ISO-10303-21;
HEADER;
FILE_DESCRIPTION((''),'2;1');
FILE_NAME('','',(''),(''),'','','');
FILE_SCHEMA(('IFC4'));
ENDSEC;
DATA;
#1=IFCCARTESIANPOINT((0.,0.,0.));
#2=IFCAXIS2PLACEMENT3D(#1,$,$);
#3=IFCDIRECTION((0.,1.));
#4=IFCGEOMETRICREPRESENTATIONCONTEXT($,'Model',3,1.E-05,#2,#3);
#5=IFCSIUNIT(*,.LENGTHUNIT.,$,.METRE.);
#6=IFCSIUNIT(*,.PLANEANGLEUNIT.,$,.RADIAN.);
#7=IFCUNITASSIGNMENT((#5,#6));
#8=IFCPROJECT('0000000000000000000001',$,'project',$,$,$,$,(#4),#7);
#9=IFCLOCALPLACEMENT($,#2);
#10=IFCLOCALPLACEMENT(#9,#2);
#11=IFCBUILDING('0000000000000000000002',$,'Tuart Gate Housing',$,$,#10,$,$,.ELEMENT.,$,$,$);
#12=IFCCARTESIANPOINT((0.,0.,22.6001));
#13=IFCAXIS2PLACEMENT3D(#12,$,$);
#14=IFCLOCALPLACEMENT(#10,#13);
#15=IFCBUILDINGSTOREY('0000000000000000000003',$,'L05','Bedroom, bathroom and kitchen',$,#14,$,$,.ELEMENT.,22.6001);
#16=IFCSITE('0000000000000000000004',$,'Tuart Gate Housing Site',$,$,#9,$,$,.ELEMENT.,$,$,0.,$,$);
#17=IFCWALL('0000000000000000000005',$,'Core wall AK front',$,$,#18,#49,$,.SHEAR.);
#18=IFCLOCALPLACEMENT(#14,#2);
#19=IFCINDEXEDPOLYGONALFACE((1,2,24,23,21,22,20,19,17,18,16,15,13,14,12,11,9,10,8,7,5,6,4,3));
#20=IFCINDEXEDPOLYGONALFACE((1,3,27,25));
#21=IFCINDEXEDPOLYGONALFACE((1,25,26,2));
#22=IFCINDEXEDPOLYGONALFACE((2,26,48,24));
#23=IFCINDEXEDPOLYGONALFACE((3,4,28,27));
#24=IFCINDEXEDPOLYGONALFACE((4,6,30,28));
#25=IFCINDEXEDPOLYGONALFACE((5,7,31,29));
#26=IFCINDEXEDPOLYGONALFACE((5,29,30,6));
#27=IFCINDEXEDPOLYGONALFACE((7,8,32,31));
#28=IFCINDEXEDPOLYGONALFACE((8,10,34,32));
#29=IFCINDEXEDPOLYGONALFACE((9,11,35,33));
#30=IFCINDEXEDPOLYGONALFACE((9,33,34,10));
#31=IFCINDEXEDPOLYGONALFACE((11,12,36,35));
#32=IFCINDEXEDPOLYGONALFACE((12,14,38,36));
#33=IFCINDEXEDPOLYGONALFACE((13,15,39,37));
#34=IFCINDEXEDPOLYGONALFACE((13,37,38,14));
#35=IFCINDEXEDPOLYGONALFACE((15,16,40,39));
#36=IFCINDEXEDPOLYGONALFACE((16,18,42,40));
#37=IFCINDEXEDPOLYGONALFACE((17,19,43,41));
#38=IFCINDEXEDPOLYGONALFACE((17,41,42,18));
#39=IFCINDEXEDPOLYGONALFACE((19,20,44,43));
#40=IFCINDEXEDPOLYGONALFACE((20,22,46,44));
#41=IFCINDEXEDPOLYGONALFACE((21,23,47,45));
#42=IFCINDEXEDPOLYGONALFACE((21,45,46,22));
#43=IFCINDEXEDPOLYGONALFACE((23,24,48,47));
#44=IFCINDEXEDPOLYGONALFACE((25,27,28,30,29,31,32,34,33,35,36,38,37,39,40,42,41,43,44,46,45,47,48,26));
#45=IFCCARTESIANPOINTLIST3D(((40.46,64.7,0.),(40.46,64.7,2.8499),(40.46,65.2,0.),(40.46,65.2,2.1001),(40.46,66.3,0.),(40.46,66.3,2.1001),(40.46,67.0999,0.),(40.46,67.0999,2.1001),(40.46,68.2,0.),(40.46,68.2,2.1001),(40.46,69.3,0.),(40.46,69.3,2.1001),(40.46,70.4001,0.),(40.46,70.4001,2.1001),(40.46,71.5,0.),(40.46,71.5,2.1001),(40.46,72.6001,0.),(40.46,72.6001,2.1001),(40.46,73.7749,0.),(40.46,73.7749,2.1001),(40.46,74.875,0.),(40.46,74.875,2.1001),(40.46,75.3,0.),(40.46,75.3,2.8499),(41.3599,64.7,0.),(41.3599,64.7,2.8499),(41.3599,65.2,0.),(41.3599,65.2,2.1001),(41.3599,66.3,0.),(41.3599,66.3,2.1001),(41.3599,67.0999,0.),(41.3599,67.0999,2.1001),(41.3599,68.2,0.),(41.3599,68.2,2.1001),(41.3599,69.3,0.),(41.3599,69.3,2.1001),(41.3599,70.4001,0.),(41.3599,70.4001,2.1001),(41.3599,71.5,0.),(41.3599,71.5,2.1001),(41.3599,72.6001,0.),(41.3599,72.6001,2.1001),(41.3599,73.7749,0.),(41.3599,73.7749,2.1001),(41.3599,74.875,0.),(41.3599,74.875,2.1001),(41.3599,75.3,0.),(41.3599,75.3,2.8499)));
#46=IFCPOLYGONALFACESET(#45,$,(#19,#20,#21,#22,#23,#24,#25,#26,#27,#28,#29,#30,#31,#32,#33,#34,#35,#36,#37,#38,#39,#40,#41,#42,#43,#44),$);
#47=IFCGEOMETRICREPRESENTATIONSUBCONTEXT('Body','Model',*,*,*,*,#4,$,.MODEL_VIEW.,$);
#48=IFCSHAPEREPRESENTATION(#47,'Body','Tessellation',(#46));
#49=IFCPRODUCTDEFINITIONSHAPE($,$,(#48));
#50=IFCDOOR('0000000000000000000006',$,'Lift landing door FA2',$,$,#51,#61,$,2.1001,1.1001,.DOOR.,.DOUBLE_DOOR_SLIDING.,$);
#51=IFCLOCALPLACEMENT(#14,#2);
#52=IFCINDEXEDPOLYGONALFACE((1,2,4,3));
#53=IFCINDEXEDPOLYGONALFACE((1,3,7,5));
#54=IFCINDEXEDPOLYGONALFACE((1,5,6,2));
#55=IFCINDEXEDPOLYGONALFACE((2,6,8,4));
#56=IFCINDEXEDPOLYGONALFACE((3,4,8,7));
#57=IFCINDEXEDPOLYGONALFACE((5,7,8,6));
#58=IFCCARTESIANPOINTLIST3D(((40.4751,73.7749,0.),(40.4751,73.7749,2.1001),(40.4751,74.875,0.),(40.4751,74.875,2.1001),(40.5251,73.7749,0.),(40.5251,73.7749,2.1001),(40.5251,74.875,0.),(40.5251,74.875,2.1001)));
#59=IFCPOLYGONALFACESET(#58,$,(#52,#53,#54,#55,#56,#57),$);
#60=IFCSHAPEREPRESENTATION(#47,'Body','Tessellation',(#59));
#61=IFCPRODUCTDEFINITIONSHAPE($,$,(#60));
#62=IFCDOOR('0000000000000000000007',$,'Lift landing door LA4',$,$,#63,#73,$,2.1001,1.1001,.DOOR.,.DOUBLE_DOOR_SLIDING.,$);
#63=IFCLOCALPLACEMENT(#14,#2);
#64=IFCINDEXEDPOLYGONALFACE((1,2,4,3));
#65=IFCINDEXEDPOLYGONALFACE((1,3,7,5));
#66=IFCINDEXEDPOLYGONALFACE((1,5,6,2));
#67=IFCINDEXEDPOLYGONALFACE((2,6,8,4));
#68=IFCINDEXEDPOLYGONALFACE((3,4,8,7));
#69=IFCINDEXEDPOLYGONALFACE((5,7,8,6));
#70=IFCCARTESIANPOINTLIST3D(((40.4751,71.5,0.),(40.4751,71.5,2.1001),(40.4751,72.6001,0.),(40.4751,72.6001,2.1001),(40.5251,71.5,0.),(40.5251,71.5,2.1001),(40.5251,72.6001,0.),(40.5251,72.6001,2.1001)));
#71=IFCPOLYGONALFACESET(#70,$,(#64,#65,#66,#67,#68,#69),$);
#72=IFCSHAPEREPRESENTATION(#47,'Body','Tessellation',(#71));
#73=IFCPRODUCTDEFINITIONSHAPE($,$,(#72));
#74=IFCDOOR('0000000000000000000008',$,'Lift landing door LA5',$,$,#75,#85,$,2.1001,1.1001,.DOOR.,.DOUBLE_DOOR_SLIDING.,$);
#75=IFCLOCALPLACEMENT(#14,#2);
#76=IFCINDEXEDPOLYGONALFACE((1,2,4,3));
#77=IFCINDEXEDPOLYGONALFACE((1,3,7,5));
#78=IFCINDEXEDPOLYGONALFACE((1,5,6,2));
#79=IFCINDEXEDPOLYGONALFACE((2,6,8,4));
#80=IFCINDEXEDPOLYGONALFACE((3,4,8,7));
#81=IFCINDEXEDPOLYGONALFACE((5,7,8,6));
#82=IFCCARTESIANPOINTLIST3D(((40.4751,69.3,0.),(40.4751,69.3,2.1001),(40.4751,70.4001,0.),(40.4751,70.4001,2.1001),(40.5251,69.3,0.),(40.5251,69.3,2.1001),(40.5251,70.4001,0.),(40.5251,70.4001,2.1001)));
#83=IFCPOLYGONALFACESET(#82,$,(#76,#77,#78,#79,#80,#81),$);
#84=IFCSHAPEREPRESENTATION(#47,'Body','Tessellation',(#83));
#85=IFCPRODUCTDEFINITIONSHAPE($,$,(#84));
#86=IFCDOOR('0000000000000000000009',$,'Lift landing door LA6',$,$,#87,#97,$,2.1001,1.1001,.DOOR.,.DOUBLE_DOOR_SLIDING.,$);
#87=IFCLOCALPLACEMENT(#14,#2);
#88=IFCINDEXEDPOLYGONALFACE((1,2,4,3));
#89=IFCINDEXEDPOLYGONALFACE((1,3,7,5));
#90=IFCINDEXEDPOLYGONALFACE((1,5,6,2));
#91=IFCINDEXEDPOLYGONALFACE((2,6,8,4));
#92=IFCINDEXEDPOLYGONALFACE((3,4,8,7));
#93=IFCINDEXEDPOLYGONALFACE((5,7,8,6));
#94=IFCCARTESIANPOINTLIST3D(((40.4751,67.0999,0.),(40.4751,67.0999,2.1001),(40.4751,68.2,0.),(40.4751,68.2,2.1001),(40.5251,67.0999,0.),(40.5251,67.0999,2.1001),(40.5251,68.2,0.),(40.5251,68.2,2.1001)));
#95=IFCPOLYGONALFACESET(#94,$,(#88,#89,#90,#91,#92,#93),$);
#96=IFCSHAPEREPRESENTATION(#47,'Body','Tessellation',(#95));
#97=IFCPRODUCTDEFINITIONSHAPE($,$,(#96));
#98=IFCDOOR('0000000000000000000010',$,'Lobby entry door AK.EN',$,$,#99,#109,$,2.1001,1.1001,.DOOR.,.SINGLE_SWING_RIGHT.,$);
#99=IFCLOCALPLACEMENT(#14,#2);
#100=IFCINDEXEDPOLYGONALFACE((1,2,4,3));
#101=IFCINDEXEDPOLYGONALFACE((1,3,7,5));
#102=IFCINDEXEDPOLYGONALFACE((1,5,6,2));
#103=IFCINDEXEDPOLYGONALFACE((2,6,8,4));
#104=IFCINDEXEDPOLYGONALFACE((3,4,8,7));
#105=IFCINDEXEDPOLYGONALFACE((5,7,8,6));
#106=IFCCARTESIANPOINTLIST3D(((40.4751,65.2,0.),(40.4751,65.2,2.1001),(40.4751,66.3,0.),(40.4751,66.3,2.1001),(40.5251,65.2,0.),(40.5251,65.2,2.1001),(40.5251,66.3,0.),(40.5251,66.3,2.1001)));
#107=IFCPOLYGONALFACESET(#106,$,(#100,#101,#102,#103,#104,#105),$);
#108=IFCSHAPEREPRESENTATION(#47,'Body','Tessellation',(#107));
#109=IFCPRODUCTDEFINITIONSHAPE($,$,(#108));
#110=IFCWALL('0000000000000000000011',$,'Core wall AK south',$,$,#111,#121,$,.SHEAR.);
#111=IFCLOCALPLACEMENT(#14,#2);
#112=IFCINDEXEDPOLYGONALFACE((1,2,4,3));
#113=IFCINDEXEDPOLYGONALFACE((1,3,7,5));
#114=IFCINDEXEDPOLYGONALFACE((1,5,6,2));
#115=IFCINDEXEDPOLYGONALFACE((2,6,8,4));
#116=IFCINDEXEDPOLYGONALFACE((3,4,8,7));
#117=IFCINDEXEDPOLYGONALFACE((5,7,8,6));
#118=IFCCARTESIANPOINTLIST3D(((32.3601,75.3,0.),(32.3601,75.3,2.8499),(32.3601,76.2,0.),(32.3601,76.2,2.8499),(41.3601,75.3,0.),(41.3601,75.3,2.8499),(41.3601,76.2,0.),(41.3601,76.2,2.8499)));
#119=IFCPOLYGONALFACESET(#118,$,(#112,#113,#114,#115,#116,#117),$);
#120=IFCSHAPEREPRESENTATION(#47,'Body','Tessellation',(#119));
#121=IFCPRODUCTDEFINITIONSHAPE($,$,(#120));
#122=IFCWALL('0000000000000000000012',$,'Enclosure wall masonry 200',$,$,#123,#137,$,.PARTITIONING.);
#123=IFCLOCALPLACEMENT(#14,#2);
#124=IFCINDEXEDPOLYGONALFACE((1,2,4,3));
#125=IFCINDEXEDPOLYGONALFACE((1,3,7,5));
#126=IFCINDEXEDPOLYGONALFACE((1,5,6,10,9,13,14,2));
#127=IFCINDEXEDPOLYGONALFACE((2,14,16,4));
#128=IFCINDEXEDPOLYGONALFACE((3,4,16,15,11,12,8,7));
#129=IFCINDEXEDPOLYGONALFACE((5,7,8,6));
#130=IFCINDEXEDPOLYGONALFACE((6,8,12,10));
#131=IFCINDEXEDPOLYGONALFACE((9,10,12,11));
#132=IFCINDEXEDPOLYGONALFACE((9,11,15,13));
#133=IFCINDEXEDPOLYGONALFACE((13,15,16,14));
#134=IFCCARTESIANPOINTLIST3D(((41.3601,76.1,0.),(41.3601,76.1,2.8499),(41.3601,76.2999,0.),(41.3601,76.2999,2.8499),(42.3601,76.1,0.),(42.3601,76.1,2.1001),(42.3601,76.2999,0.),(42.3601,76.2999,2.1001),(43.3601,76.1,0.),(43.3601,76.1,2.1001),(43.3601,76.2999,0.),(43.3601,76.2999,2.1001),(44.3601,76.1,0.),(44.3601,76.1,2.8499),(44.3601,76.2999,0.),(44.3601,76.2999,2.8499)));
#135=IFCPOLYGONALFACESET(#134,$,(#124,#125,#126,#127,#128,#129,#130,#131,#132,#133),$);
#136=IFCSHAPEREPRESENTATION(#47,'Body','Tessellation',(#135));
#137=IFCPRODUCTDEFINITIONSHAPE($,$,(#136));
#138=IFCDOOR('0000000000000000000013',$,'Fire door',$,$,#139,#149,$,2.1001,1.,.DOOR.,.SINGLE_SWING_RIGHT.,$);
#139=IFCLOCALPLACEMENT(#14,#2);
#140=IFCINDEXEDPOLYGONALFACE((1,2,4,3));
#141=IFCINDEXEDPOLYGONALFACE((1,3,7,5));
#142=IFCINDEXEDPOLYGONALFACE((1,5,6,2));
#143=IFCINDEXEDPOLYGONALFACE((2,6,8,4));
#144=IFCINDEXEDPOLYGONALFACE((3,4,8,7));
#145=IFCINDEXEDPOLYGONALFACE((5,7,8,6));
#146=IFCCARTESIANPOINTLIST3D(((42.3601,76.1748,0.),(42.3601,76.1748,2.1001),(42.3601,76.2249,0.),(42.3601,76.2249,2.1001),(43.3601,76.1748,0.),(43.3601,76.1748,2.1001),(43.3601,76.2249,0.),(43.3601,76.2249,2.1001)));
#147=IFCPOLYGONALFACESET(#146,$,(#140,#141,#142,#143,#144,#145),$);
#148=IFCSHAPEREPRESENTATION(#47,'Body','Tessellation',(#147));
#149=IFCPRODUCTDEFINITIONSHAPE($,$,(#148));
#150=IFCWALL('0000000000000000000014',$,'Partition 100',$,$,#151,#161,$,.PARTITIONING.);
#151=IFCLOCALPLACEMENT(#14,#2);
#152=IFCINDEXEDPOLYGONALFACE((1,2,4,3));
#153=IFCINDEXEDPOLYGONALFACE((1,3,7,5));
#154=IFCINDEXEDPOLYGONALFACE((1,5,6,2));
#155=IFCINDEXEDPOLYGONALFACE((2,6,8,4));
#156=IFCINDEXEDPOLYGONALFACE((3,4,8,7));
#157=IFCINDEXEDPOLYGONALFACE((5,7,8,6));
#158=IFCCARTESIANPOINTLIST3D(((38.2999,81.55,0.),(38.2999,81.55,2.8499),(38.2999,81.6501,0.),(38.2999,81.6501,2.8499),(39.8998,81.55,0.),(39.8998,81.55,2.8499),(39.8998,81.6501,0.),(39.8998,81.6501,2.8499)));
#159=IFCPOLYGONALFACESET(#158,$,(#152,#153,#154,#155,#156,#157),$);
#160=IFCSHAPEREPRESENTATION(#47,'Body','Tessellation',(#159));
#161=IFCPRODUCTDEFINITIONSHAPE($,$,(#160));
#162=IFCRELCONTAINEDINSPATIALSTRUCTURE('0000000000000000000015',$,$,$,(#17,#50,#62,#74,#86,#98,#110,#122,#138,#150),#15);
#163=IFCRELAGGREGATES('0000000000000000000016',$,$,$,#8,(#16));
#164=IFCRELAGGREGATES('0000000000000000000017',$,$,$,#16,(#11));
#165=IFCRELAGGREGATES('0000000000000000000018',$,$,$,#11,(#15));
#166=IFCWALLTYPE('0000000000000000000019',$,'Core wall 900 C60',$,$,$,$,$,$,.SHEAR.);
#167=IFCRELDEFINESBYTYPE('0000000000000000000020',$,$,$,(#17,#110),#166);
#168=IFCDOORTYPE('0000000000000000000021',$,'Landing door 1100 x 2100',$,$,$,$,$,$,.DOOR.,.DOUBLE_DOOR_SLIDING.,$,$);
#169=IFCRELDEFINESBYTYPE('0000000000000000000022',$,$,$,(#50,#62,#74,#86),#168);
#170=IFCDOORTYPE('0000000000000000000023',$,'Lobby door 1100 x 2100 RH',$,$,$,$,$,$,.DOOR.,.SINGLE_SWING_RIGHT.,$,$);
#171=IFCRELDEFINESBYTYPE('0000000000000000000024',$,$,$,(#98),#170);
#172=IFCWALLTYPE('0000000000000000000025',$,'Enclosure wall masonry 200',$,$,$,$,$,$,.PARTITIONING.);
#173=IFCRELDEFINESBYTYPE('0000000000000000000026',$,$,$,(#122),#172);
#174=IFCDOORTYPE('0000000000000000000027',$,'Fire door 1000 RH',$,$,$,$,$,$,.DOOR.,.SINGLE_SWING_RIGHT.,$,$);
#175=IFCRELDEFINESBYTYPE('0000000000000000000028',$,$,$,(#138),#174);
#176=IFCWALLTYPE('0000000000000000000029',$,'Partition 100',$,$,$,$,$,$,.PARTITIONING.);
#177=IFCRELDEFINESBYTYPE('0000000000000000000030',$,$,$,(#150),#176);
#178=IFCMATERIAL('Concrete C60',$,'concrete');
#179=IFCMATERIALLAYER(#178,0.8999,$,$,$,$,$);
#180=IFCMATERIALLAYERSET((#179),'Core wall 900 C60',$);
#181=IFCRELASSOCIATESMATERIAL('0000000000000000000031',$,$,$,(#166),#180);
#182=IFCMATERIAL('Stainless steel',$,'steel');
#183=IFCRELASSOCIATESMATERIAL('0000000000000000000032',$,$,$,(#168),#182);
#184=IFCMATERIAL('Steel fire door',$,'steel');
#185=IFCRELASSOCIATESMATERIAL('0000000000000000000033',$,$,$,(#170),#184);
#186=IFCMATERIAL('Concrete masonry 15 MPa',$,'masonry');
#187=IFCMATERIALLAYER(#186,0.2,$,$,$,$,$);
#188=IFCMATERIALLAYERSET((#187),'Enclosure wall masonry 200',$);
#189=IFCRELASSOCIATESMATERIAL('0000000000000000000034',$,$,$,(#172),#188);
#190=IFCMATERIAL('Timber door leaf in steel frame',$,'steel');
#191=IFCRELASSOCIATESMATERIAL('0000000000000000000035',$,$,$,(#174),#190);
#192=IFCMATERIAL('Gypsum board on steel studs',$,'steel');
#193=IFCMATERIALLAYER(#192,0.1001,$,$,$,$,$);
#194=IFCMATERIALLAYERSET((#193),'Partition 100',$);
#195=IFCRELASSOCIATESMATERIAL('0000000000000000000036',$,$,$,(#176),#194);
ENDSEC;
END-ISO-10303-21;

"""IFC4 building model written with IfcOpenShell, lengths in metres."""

from ifc_helpers import new_model, si_unit, direction, frame, frame_2d, origin, place, context, subcontext, project, spatial, rectangle, extrude, material, layer, layer_set, type_object, element, fill, save


model = new_model("IFC4")

# Units and contexts
model_context = context("Model", 3, precision=1e-05, world=origin(), true_north=direction((0.0, 1.0)))
body_context = subcontext(model_context, "Body", "Model", "MODEL_VIEW")
ifc_project = project(units=[si_unit("LENGTHUNIT", "METRE"), si_unit("PLANEANGLEUNIT", "RADIAN")], contexts=[model_context])

# Site, building, storey
site_placement = place(None, origin())
site = spatial("IfcSite", under=ifc_project, at=site_placement, Name="Tuart Gate Housing Site", CompositionType="ELEMENT", RefElevation=0.0)
building_placement = place(site_placement, origin())
building = spatial("IfcBuilding", under=site, at=building_placement, Name="Tuart Gate Housing", CompositionType="ELEMENT")
storey_placement = place(building_placement, frame((0.0, 0.0, 22.6001)))
storey = spatial("IfcBuildingStorey", under=building, at=storey_placement, Name="L05", Description="Bedroom, bathroom and kitchen", CompositionType="ELEMENT", Elevation=22.6001)

# Wall, openings, doors
ifc_material_1 = material(Name="Concrete C60", Category="concrete")
ifc_layer_1 = layer(ifc_material_1, 0.8999)
ifc_layer_set_1 = layer_set([ifc_layer_1], Name="Core wall 900 C60")
wall_type_1 = type_object("IfcWallType", Name="Core wall 900 C60", PredefinedType="SHEAR", material=ifc_layer_set_1)
wall_1_placement = place(storey_placement, frame((40.9099, 75.3, 0.0), z_axis=(0.0, 0.0, 1.0), x_axis=(0.0, -1.0, 0.0)))
wall_1 = element("IfcWall", 1, at=wall_1_placement, inside=storey, type_object=wall_type_1, Name="Core wall AK front", PredefinedType="SHEAR", context=body_context, shape_type="SweptSolid", body=[
    extrude(rectangle(XDim=10.6001, YDim=0.8999, at=frame_2d((5.3, 0.0))), origin(), (0.0, 0.0, 1.0), 2.8499),
])
opening_1_placement = place(wall_1_placement, frame((0.425, 0.0, 0.0)))
opening_1 = element("IfcOpeningElement", 2, at=opening_1_placement, cuts=wall_1, PredefinedType="OPENING", context=body_context, shape_type="SweptSolid", body=[
    extrude(rectangle(XDim=1.1001, YDim=2.1001, at=frame_2d((0.55, 1.05))), frame((0.0, 0.46, 0.0), z_axis=(0.0, -1.0, 0.0), x_axis=(1.0, 0.0, 0.0)), (0.0, 0.0, 1.0), 0.9199),
])
opening_2_placement = place(wall_1_placement, frame((2.7, 0.0, 0.0)))
opening_2 = element("IfcOpeningElement", 3, at=opening_2_placement, cuts=wall_1, PredefinedType="OPENING", context=body_context, shape_type="SweptSolid", body=[
    extrude(rectangle(XDim=1.1001, YDim=2.1001, at=frame_2d((0.55, 1.05))), frame((0.0, 0.46, 0.0), z_axis=(0.0, -1.0, 0.0), x_axis=(1.0, 0.0, 0.0)), (0.0, 0.0, 1.0), 0.9199),
])
opening_3_placement = place(wall_1_placement, frame((4.8999, 0.0, 0.0)))
opening_3 = element("IfcOpeningElement", 4, at=opening_3_placement, cuts=wall_1, PredefinedType="OPENING", context=body_context, shape_type="SweptSolid", body=[
    extrude(rectangle(XDim=1.1001, YDim=2.1001, at=frame_2d((0.55, 1.05))), frame((0.0, 0.46, 0.0), z_axis=(0.0, -1.0, 0.0), x_axis=(1.0, 0.0, 0.0)), (0.0, 0.0, 1.0), 0.9199),
])
opening_4_placement = place(wall_1_placement, frame((7.1001, 0.0, 0.0)))
opening_4 = element("IfcOpeningElement", 5, at=opening_4_placement, cuts=wall_1, PredefinedType="OPENING", context=body_context, shape_type="SweptSolid", body=[
    extrude(rectangle(XDim=1.1001, YDim=2.1001, at=frame_2d((0.55, 1.05))), frame((0.0, 0.46, 0.0), z_axis=(0.0, -1.0, 0.0), x_axis=(1.0, 0.0, 0.0)), (0.0, 0.0, 1.0), 0.9199),
])
opening_5_placement = place(wall_1_placement, frame((9.0, 0.0, 0.0)))
opening_5 = element("IfcOpeningElement", 6, at=opening_5_placement, cuts=wall_1, PredefinedType="OPENING", context=body_context, shape_type="SweptSolid", body=[
    extrude(rectangle(XDim=1.1001, YDim=2.1001, at=frame_2d((0.55, 1.05))), frame((0.0, 0.46, 0.0), z_axis=(0.0, -1.0, 0.0), x_axis=(1.0, 0.0, 0.0)), (0.0, 0.0, 1.0), 0.9199),
])
ifc_material_2 = material(Name="Stainless steel", Category="steel")
door_type_1 = type_object("IfcDoorType", Name="Landing door 1100 x 2100", OperationType="DOUBLE_DOOR_SLIDING", PredefinedType="DOOR", material=ifc_material_2)
door_1_placement = place(opening_1_placement, origin())
door_1 = element("IfcDoor", 7, at=door_1_placement, inside=storey, type_object=door_type_1, Name="Lift landing door FA2", OperationType="DOUBLE_DOOR_SLIDING", OverallHeight=2.1001, OverallWidth=1.1001, PredefinedType="DOOR", context=body_context, shape_type="SweptSolid", body=[
    extrude(rectangle(XDim=1.1001, YDim=2.1001, at=frame_2d((0.55, 1.05))), frame((0.0, -0.3848, 0.0), z_axis=(0.0, -1.0, 0.0), x_axis=(1.0, 0.0, 0.0)), (0.0, 0.0, 1.0), 0.05),
])
fill(opening_1, door_1)
door_2_placement = place(opening_2_placement, origin())
door_2 = element("IfcDoor", 8, at=door_2_placement, inside=storey, type_object=door_type_1, Name="Lift landing door LA4", OperationType="DOUBLE_DOOR_SLIDING", OverallHeight=2.1001, OverallWidth=1.1001, PredefinedType="DOOR", context=body_context, shape_type="SweptSolid", body=[
    extrude(rectangle(XDim=1.1001, YDim=2.1001, at=frame_2d((0.55, 1.05))), frame((0.0, -0.3848, 0.0), z_axis=(0.0, -1.0, 0.0), x_axis=(1.0, 0.0, 0.0)), (0.0, 0.0, 1.0), 0.05),
])
fill(opening_2, door_2)
door_3_placement = place(opening_3_placement, origin())
door_3 = element("IfcDoor", 9, at=door_3_placement, inside=storey, type_object=door_type_1, Name="Lift landing door LA5", OperationType="DOUBLE_DOOR_SLIDING", OverallHeight=2.1001, OverallWidth=1.1001, PredefinedType="DOOR", context=body_context, shape_type="SweptSolid", body=[
    extrude(rectangle(XDim=1.1001, YDim=2.1001, at=frame_2d((0.55, 1.05))), frame((0.0, -0.3848, 0.0), z_axis=(0.0, -1.0, 0.0), x_axis=(1.0, 0.0, 0.0)), (0.0, 0.0, 1.0), 0.05),
])
fill(opening_3, door_3)
door_4_placement = place(opening_4_placement, origin())
door_4 = element("IfcDoor", 10, at=door_4_placement, inside=storey, type_object=door_type_1, Name="Lift landing door LA6", OperationType="DOUBLE_DOOR_SLIDING", OverallHeight=2.1001, OverallWidth=1.1001, PredefinedType="DOOR", context=body_context, shape_type="SweptSolid", body=[
    extrude(rectangle(XDim=1.1001, YDim=2.1001, at=frame_2d((0.55, 1.05))), frame((0.0, -0.3848, 0.0), z_axis=(0.0, -1.0, 0.0), x_axis=(1.0, 0.0, 0.0)), (0.0, 0.0, 1.0), 0.05),
])
fill(opening_4, door_4)
ifc_material_3 = material(Name="Steel fire door", Category="steel")
door_type_2 = type_object("IfcDoorType", Name="Lobby door 1100 x 2100 RH", OperationType="SINGLE_SWING_RIGHT", PredefinedType="DOOR", material=ifc_material_3)
door_5_placement = place(opening_5_placement, frame((1.1001, 0.0, 0.0), z_axis=(0.0, 0.0, 1.0), x_axis=(-1.0, 0.0, 0.0)))
door_5 = element("IfcDoor", 11, at=door_5_placement, inside=storey, type_object=door_type_2, Name="Lobby entry door AK.EN", OperationType="SINGLE_SWING_RIGHT", OverallHeight=2.1001, OverallWidth=1.1001, PredefinedType="DOOR", context=body_context, shape_type="SweptSolid", body=[
    extrude(rectangle(XDim=1.1001, YDim=2.1001, at=frame_2d((0.55, 1.05))), frame((0.0, 0.4348, 0.0), z_axis=(0.0, -1.0, 0.0), x_axis=(1.0, 0.0, 0.0)), (0.0, 0.0, 1.0), 0.05),
])
fill(opening_5, door_5)

# Wall
wall_2_placement = place(storey_placement, frame((41.3601, 75.75, 0.0), z_axis=(0.0, 0.0, 1.0), x_axis=(-1.0, 0.0, 0.0)))
element("IfcWall", 12, at=wall_2_placement, inside=storey, type_object=wall_type_1, Name="Core wall AK south", PredefinedType="SHEAR", context=body_context, shape_type="SweptSolid", body=[
    extrude(rectangle(XDim=9.0, YDim=0.8999, at=frame_2d((4.5, 0.0))), origin(), (0.0, 0.0, 1.0), 2.8499),
])

# Wall, opening, door
ifc_material_4 = material(Name="Concrete masonry 15 MPa", Category="masonry")
ifc_layer_2 = layer(ifc_material_4, 0.2)
ifc_layer_set_2 = layer_set([ifc_layer_2], Name="Enclosure wall masonry 200")
wall_type_2 = type_object("IfcWallType", Name="Enclosure wall masonry 200", PredefinedType="PARTITIONING", material=ifc_layer_set_2)
wall_3_placement = place(storey_placement, frame((41.3601, 76.2, 0.0), z_axis=(0.0, 0.0, 1.0), x_axis=(1.0, 0.0, 0.0)))
wall_3 = element("IfcWall", 13, at=wall_3_placement, inside=storey, type_object=wall_type_2, Name="Enclosure wall masonry 200", PredefinedType="PARTITIONING", context=body_context, shape_type="SweptSolid", body=[
    extrude(rectangle(XDim=3.0, YDim=0.2, at=frame_2d((1.5, 0.0))), origin(), (0.0, 0.0, 1.0), 2.8499),
])
opening_6_placement = place(wall_3_placement, frame((1.0, 0.0, 0.0)))
opening_6 = element("IfcOpeningElement", 14, at=opening_6_placement, cuts=wall_3, PredefinedType="OPENING", context=body_context, shape_type="SweptSolid", body=[
    extrude(rectangle(XDim=1.0, YDim=2.1001, at=frame_2d((0.5, 1.05))), frame((0.0, 0.1099, 0.0), z_axis=(0.0, -1.0, 0.0), x_axis=(1.0, 0.0, 0.0)), (0.0, 0.0, 1.0), 0.22),
])
ifc_material_5 = material(Name="Timber door leaf in steel frame", Category="steel")
door_type_3 = type_object("IfcDoorType", Name="Fire door 1000 RH", OperationType="SINGLE_SWING_RIGHT", PredefinedType="DOOR", material=ifc_material_5)
door_6_placement = place(opening_6_placement, origin())
door_6 = element("IfcDoor", 15, at=door_6_placement, inside=storey, type_object=door_type_3, Name="Fire door", OperationType="SINGLE_SWING_RIGHT", OverallHeight=2.1001, OverallWidth=1.0, PredefinedType="DOOR", context=body_context, shape_type="SweptSolid", body=[
    extrude(rectangle(XDim=1.0, YDim=2.1001, at=frame_2d((0.5, 1.05))), frame((0.0, 0.0249, 0.0), z_axis=(0.0, -1.0, 0.0), x_axis=(1.0, 0.0, 0.0)), (0.0, 0.0, 1.0), 0.05),
])
fill(opening_6, door_6)

# Wall
ifc_material_6 = material(Name="Gypsum board on steel studs", Category="steel")
ifc_layer_3 = layer(ifc_material_6, 0.1001)
ifc_layer_set_3 = layer_set([ifc_layer_3], Name="Partition 100")
wall_type_3 = type_object("IfcWallType", Name="Partition 100", PredefinedType="PARTITIONING", material=ifc_layer_set_3)
wall_4_placement = place(storey_placement, frame((38.3, 81.6001, 0.0), z_axis=(0.0, 0.0, 1.0), x_axis=(1.0, 0.0, 0.0)))
element("IfcWall", 16, at=wall_4_placement, inside=storey, type_object=wall_type_3, Name="Partition 100", PredefinedType="PARTITIONING", context=body_context, shape_type="SweptSolid", body=[
    extrude(rectangle(XDim=1.5999, YDim=0.1001, at=frame_2d((0.7998, 0.0))), origin(), (0.0, 0.0, 1.0), 2.8499),
])

save(model, "model.ifc")
